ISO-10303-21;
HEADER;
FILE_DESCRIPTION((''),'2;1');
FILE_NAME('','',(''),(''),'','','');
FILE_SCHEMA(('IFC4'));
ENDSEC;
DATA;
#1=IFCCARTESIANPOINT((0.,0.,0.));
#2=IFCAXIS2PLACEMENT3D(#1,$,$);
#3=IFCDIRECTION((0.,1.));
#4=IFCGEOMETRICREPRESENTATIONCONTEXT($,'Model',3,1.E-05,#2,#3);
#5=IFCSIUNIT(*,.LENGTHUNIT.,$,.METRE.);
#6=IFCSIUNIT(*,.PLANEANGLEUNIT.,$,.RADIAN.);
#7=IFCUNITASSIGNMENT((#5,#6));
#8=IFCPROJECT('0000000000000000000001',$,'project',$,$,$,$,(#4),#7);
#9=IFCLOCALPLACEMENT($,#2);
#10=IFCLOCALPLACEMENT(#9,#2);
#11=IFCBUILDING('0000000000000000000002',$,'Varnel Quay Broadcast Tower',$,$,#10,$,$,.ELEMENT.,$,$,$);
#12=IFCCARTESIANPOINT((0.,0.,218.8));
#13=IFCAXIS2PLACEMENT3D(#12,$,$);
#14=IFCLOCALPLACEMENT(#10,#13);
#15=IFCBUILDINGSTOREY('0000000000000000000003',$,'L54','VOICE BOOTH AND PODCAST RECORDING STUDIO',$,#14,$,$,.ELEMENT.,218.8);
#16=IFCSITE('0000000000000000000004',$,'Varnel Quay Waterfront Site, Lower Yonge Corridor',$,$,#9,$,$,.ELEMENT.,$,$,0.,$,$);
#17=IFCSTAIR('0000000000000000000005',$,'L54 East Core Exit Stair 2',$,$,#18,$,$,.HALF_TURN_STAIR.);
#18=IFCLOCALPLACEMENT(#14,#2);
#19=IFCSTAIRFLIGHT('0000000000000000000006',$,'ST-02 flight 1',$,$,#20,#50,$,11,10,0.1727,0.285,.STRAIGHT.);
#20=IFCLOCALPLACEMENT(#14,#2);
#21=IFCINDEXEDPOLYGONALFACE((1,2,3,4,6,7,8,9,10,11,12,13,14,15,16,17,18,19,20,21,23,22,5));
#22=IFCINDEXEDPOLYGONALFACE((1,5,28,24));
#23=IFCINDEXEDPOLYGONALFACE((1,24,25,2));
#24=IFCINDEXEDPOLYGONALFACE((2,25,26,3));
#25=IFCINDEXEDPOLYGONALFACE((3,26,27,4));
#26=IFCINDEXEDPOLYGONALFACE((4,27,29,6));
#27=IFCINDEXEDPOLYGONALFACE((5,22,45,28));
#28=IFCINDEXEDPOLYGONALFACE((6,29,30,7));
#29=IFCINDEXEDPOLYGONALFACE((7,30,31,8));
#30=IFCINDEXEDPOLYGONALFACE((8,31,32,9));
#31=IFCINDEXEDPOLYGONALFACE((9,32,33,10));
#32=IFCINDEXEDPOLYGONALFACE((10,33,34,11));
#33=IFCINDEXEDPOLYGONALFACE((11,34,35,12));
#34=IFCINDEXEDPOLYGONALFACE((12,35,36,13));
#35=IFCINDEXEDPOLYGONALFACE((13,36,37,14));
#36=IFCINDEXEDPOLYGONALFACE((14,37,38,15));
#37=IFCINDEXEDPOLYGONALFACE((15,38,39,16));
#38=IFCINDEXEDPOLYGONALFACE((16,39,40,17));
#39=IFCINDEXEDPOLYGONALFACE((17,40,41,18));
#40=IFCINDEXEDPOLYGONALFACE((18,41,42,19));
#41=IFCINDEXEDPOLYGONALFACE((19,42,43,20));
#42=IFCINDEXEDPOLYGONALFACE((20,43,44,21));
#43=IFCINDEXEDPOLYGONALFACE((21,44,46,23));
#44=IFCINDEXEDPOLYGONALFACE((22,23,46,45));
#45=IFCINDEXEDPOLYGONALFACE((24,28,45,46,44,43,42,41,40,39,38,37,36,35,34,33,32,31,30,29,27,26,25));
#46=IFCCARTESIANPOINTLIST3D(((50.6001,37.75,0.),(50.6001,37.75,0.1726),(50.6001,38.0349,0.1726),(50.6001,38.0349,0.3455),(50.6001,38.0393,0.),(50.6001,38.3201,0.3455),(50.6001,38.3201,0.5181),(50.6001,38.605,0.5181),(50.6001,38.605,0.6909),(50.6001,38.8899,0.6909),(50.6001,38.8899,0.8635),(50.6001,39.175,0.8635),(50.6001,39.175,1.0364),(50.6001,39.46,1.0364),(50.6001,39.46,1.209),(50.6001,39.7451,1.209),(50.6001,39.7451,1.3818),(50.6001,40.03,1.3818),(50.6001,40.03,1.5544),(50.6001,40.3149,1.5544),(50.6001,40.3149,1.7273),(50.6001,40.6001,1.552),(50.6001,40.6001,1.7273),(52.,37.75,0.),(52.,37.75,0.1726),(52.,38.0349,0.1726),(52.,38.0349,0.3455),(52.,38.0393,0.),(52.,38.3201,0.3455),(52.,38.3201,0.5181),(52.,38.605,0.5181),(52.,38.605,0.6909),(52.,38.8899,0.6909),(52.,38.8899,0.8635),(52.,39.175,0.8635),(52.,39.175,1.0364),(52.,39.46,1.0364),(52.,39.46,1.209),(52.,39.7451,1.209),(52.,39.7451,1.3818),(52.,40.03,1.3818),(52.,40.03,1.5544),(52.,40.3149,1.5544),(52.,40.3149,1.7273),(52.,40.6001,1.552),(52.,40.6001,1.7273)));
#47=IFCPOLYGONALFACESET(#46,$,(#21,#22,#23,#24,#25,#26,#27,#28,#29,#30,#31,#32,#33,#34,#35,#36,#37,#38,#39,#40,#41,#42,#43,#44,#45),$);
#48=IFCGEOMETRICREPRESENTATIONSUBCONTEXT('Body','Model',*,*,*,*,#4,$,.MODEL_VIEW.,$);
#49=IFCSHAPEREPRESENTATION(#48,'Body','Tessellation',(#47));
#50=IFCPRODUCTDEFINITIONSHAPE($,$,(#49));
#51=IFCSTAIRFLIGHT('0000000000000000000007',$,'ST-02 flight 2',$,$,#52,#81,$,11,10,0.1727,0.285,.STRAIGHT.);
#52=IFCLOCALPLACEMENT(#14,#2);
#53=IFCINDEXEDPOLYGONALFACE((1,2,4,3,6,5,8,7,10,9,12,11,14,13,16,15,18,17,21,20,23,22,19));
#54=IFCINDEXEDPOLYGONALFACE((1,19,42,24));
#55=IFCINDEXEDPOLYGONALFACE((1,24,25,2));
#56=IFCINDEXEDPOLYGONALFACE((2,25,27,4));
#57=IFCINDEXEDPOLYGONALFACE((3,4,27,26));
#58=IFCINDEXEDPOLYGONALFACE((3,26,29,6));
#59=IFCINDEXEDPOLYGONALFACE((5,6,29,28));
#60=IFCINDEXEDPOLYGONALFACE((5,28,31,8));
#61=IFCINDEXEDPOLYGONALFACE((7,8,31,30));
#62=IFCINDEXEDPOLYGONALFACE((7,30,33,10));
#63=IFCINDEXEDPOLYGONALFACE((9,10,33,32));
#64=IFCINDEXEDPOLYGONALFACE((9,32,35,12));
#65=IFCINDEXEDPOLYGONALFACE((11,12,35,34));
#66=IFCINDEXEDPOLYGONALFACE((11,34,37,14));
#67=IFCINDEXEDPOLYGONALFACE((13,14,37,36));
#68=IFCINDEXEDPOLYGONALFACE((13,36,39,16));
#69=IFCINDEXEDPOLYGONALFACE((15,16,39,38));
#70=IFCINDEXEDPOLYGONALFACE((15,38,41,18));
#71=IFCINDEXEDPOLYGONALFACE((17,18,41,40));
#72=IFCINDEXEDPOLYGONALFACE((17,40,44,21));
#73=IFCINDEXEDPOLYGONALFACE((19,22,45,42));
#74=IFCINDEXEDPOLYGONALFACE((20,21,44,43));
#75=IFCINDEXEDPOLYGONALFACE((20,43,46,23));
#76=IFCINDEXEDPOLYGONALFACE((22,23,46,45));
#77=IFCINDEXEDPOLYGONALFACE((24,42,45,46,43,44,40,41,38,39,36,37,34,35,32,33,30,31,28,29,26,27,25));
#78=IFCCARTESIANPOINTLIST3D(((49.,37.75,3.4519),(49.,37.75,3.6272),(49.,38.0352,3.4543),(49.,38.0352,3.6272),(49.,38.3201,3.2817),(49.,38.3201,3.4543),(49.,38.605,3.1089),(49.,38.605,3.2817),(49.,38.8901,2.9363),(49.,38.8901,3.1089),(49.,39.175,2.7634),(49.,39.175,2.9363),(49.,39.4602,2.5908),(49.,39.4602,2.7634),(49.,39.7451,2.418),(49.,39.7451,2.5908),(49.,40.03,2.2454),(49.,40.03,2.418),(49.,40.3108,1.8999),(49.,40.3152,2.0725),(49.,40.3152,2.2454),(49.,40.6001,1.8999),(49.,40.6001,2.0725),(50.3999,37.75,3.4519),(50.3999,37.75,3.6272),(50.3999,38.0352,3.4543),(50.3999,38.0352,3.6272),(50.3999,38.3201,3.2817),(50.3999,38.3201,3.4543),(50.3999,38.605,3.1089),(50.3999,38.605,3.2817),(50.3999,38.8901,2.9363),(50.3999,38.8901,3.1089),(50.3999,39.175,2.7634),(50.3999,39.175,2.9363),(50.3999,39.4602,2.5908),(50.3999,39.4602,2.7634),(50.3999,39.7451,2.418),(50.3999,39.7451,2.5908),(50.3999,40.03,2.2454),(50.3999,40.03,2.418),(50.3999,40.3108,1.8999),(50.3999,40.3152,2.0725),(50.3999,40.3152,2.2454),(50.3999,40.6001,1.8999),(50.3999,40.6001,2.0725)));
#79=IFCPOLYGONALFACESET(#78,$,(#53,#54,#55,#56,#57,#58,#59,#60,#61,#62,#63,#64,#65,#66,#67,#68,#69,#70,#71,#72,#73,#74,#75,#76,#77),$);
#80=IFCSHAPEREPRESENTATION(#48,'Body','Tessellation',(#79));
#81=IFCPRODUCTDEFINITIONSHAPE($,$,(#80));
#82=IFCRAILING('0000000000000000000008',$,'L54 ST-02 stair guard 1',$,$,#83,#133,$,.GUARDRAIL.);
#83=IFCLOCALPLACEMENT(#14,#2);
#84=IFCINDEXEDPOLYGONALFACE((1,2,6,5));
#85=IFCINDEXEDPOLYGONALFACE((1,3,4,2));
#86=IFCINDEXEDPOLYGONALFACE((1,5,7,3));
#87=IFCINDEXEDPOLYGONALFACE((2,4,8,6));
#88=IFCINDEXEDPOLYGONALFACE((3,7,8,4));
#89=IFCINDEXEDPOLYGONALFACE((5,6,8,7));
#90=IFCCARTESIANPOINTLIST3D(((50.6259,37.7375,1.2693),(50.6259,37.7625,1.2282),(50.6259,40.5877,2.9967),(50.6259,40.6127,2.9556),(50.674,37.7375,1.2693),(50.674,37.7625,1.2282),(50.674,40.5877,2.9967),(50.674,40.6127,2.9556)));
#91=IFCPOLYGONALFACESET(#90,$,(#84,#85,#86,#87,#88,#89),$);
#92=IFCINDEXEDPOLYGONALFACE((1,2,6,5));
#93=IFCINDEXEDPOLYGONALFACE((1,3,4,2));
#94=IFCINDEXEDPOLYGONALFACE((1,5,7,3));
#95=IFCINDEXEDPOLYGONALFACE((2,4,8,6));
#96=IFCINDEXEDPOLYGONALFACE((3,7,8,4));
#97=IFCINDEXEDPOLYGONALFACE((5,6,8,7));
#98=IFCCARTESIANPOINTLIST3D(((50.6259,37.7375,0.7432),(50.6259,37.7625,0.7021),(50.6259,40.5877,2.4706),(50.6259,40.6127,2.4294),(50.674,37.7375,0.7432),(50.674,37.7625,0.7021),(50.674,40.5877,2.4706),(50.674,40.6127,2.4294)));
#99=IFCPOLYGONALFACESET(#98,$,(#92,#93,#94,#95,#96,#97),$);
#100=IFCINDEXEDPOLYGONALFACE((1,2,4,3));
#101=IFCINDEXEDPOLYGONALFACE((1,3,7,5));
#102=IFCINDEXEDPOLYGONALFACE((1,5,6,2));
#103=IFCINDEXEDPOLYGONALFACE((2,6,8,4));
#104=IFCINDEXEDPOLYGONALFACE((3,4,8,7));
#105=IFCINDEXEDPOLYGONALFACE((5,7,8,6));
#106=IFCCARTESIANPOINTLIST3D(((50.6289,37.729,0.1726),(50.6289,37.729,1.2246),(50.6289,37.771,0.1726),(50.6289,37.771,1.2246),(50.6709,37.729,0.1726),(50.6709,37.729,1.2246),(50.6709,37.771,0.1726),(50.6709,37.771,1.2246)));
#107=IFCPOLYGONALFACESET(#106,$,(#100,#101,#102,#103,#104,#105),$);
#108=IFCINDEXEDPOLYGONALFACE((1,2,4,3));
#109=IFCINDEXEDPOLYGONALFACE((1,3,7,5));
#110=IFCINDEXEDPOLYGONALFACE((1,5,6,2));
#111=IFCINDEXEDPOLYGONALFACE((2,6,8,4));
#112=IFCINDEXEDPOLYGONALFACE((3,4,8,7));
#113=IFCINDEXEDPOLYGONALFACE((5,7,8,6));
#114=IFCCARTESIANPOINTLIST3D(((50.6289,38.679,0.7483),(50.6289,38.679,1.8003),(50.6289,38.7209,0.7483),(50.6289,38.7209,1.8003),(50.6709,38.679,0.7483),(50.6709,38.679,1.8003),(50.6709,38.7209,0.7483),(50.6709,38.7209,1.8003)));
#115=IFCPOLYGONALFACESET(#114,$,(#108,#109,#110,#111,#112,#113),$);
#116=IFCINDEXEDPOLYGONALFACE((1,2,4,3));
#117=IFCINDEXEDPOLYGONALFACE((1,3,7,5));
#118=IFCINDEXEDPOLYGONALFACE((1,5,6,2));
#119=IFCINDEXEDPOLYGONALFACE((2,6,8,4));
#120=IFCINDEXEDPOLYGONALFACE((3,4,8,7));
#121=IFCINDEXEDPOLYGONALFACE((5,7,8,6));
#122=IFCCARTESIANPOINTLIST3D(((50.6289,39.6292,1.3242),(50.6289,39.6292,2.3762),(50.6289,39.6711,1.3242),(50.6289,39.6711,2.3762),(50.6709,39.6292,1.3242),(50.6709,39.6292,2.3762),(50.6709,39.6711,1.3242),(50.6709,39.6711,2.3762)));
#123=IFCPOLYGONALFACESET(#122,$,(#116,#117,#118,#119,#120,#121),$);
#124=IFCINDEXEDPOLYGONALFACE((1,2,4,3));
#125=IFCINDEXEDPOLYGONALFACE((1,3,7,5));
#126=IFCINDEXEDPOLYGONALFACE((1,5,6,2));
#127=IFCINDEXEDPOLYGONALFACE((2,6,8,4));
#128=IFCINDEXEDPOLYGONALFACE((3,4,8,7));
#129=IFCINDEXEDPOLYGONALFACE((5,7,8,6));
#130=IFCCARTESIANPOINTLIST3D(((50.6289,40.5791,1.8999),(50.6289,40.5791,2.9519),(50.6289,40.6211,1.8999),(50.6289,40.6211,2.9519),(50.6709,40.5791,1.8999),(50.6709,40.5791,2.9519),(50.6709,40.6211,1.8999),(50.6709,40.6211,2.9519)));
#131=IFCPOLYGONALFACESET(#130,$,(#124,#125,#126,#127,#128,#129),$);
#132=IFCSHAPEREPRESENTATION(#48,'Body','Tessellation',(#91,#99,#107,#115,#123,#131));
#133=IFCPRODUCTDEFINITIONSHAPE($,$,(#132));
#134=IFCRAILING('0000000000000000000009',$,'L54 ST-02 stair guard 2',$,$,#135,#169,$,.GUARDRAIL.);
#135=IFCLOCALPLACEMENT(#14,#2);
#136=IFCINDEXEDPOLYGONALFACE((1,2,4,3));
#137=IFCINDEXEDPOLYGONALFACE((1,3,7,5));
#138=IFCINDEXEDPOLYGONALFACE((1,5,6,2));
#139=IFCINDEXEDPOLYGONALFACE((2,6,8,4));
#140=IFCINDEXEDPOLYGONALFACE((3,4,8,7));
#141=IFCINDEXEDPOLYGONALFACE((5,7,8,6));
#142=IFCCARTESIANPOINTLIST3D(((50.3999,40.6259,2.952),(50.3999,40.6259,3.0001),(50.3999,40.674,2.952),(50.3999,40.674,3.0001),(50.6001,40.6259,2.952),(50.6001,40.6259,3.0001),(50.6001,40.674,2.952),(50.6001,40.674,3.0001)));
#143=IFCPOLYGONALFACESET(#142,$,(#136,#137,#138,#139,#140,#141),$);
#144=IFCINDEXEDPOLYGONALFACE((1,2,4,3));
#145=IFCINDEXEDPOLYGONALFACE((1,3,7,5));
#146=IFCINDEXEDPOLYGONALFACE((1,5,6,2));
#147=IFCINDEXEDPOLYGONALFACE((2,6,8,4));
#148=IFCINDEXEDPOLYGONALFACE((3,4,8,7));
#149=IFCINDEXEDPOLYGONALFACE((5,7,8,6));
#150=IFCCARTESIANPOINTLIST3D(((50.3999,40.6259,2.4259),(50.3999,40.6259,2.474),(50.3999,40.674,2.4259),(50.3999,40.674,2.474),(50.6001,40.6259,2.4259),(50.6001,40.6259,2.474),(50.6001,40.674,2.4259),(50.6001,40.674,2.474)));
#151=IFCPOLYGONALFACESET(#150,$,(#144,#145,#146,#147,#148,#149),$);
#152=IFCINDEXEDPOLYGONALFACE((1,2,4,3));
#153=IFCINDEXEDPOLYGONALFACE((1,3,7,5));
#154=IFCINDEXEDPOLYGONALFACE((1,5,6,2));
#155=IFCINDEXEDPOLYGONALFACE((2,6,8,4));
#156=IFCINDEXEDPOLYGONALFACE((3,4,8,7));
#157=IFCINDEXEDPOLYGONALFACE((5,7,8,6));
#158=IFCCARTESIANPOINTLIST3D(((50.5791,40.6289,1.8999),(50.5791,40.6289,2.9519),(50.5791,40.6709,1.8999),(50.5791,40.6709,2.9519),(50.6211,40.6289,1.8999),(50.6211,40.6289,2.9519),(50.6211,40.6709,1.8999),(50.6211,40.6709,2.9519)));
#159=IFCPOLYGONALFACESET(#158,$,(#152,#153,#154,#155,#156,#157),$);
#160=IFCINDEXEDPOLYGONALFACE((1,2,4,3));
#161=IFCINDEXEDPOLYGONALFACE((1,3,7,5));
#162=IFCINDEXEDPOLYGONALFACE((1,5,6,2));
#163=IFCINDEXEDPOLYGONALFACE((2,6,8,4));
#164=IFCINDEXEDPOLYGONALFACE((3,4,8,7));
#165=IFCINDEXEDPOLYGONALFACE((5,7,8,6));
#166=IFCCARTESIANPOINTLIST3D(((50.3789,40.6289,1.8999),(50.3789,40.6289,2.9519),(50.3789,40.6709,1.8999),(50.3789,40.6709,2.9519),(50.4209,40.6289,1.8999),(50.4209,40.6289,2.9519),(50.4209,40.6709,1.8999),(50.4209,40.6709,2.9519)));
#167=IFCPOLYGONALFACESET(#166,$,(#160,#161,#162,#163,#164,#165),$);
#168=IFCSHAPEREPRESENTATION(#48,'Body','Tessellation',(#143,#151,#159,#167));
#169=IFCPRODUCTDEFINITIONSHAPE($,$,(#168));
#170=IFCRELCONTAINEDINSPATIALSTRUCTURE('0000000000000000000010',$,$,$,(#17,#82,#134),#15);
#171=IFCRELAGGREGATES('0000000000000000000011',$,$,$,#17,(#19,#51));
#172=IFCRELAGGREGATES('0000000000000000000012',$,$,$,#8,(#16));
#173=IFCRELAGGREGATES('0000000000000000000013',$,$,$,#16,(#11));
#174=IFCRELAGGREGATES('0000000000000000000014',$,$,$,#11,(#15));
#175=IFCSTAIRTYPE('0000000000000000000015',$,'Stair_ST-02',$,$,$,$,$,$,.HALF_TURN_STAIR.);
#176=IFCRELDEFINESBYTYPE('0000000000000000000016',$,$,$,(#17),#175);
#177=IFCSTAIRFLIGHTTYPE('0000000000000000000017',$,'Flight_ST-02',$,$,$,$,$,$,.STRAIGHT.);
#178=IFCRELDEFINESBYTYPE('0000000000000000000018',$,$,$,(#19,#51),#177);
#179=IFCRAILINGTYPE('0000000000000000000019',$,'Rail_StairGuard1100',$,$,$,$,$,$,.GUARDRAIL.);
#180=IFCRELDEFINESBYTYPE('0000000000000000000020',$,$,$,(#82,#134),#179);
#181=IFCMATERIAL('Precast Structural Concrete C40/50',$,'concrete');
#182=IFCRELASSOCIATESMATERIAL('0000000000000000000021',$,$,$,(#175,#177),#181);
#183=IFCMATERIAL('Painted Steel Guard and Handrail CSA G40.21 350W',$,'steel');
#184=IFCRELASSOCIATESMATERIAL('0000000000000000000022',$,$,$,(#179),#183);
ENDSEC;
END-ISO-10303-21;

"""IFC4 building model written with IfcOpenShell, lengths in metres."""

from ifc_helpers import new_model, si_unit, direction, frame, origin, origin_2d, place, context, subcontext, project, spatial, polyline, rectangle, outline, extrude, material, type_object, element, aggregate, save


model = new_model("IFC4")

# Units and contexts
model_context = context("Model", 3, precision=1e-05, world=origin(), true_north=direction((0.0, 1.0)))
body_context = subcontext(model_context, "Body", "Model", "MODEL_VIEW")
ifc_project = project(units=[si_unit("LENGTHUNIT", "METRE"), si_unit("PLANEANGLEUNIT", "RADIAN")], contexts=[model_context])

# Site, building, storey
site_placement = place(None, origin())
site = spatial("IfcSite", under=ifc_project, at=site_placement, Name="Varnel Quay Waterfront Site, Lower Yonge Corridor", CompositionType="ELEMENT", RefElevation=0.0)
building_placement = place(site_placement, origin())
building = spatial("IfcBuilding", under=site, at=building_placement, Name="Varnel Quay Broadcast Tower", CompositionType="ELEMENT")
storey_placement = place(building_placement, frame((0.0, 0.0, 218.8)))
storey = spatial("IfcBuildingStorey", under=building, at=storey_placement, Name="L54", Description="VOICE BOOTH AND PODCAST RECORDING STUDIO", CompositionType="ELEMENT", Elevation=218.8)

# Stair, stair flights
ifc_material_1 = material(Name="Precast Structural Concrete C40/50", Category="concrete")
stair_type = type_object("IfcStairType", Name="Stair_ST-02", PredefinedType="HALF_TURN_STAIR", material=ifc_material_1)
stair_placement = place(storey_placement, origin())
stair = element("IfcStair", 1, at=stair_placement, inside=storey, type_object=stair_type, Name="L54 East Core Exit Stair 2", PredefinedType="HALF_TURN_STAIR")
stair_flight_type = type_object("IfcStairFlightType", Name="Flight_ST-02", PredefinedType="STRAIGHT", material=ifc_material_1)
stair_flight_1_placement = place(storey_placement, frame((51.3, 37.75, 0.0), z_axis=(0.0, 0.0, 1.0), x_axis=(0.0, 1.0, 0.0)))
stair_flight_1 = element("IfcStairFlight", 2, at=stair_flight_1_placement, type_object=stair_flight_type, Name="ST-02 flight 1", NumberOfRisers=11, NumberOfTreads=10, PredefinedType="STRAIGHT", RiserHeight=0.1727, TreadLength=0.285, context=body_context, shape_type="SweptSolid", body=[
    extrude(outline(polyline([(0.0, 0.0), (0.0, 0.1726), (0.2849, 0.1726), (0.2849, 0.3455), (0.5701, 0.3455), (0.5701, 0.5181), (0.855, 0.5181), (0.855, 0.6909), (1.1399, 0.6909), (1.1399, 0.8635), (1.425, 0.8635), (1.425, 1.0364), (1.71, 1.0364), (1.71, 1.209), (1.9951, 1.209), (1.9951, 1.3818), (2.28, 1.3818), (2.28, 1.5544), (2.5649, 1.5544), (2.5649, 1.7273), (2.8501, 1.7273), (2.8501, 1.8999), (2.8501, 1.552), (0.2893, 0.0), (0.0, 0.0)])), frame((0.0, 0.7, 0.0), z_axis=(0.0, -1.0, 0.0), x_axis=(1.0, 0.0, 0.0)), (0.0, 0.0, 1.0), 1.3999),
])
stair_flight_2_placement = place(storey_placement, frame((49.7, 40.6001, 1.8999), z_axis=(0.0, 0.0, 1.0), x_axis=(0.0, -1.0, 0.0)))
stair_flight_2 = element("IfcStairFlight", 3, at=stair_flight_2_placement, type_object=stair_flight_type, Name="ST-02 flight 2", NumberOfRisers=11, NumberOfTreads=10, PredefinedType="STRAIGHT", RiserHeight=0.1727, TreadLength=0.285, context=body_context, shape_type="SweptSolid", body=[
    extrude(outline(polyline([(0.0, 0.0), (0.0, 0.1726), (0.2849, 0.1726), (0.2849, 0.3455), (0.5701, 0.3455), (0.5701, 0.5181), (0.855, 0.5181), (0.855, 0.6909), (1.1399, 0.6909), (1.1399, 0.8635), (1.425, 0.8635), (1.425, 1.0364), (1.71, 1.0364), (1.71, 1.209), (1.9951, 1.209), (1.9951, 1.3818), (2.28, 1.3818), (2.28, 1.5544), (2.5649, 1.5544), (2.5649, 1.7273), (2.8501, 1.7273), (2.8501, 1.8999), (2.8501, 1.552), (0.2893, 0.0), (0.0, 0.0)])), frame((0.0, 0.7, 0.0), z_axis=(0.0, -1.0, 0.0), x_axis=(1.0, 0.0, 0.0)), (0.0, 0.0, 1.0), 1.3999),
])
aggregate(stair, [stair_flight_1, stair_flight_2])

# Railings
ifc_material_2 = material(Name="Painted Steel Guard and Handrail CSA G40.21 350W", Category="steel")
railing_type_1 = type_object("IfcRailingType", Name="Rail_StairGuard1100", PredefinedType="GUARDRAIL", material=ifc_material_2)
railing_1_placement = place(storey_placement, frame((50.6499, 37.75, 0.1726)))
element("IfcRailing", 4, at=railing_1_placement, inside=storey, type_object=railing_type_1, Name="L54 ST-02 stair guard 1", PredefinedType="GUARDRAIL", context=body_context, shape_type="SweptSolid", body=[
    extrude(rectangle(XDim=0.0481, YDim=0.0481, at=origin_2d()), frame((0.0, 0.0, 1.0762), z_axis=(0.0, 0.855203, 0.518294), x_axis=(-1.0, 0.0, 0.0)), (0.0, 0.0, 1.0), 3.3328),
    extrude(rectangle(XDim=0.0481, YDim=0.0481, at=origin_2d()), frame((0.0, 0.0, 0.55), z_axis=(0.0, 0.855203, 0.518294), x_axis=(-1.0, 0.0, 0.0)), (0.0, 0.0, 1.0), 3.3328),
    extrude(rectangle(XDim=0.042, YDim=0.042, at=origin_2d()), origin(), (0.0, 0.0, 1.0), 1.052),
    extrude(rectangle(XDim=0.042, YDim=0.042, at=origin_2d()), frame((0.0, 0.95, 0.5757)), (0.0, 0.0, 1.0), 1.052),
    extrude(rectangle(XDim=0.042, YDim=0.042, at=origin_2d()), frame((0.0, 1.9001, 1.1516)), (0.0, 0.0, 1.0), 1.052),
    extrude(rectangle(XDim=0.042, YDim=0.042, at=origin_2d()), frame((0.0, 2.8501, 1.7273)), (0.0, 0.0, 1.0), 1.052),
])
railing_2_placement = place(storey_placement, frame((50.6001, 40.6499, 1.8999)))
element("IfcRailing", 5, at=railing_2_placement, inside=storey, type_object=railing_type_1, Name="L54 ST-02 stair guard 2", PredefinedType="GUARDRAIL", context=body_context, shape_type="SweptSolid", body=[
    extrude(rectangle(XDim=0.0481, YDim=0.0481, at=origin_2d()), frame((0.0, 0.0, 1.0762), z_axis=(-1.0, 0.0, 0.0), x_axis=(0.0, -1.0, 0.0)), (0.0, 0.0, 1.0), 0.2002),
    extrude(rectangle(XDim=0.0481, YDim=0.0481, at=origin_2d()), frame((0.0, 0.0, 0.55), z_axis=(-1.0, 0.0, 0.0), x_axis=(0.0, -1.0, 0.0)), (0.0, 0.0, 1.0), 0.2002),
    extrude(rectangle(XDim=0.042, YDim=0.042, at=origin_2d()), origin(), (0.0, 0.0, 1.0), 1.052),
    extrude(rectangle(XDim=0.042, YDim=0.042, at=origin_2d()), frame((-0.2002, 0.0, 0.0)), (0.0, 0.0, 1.0), 1.052),
])

save(model, "model.ifc")
